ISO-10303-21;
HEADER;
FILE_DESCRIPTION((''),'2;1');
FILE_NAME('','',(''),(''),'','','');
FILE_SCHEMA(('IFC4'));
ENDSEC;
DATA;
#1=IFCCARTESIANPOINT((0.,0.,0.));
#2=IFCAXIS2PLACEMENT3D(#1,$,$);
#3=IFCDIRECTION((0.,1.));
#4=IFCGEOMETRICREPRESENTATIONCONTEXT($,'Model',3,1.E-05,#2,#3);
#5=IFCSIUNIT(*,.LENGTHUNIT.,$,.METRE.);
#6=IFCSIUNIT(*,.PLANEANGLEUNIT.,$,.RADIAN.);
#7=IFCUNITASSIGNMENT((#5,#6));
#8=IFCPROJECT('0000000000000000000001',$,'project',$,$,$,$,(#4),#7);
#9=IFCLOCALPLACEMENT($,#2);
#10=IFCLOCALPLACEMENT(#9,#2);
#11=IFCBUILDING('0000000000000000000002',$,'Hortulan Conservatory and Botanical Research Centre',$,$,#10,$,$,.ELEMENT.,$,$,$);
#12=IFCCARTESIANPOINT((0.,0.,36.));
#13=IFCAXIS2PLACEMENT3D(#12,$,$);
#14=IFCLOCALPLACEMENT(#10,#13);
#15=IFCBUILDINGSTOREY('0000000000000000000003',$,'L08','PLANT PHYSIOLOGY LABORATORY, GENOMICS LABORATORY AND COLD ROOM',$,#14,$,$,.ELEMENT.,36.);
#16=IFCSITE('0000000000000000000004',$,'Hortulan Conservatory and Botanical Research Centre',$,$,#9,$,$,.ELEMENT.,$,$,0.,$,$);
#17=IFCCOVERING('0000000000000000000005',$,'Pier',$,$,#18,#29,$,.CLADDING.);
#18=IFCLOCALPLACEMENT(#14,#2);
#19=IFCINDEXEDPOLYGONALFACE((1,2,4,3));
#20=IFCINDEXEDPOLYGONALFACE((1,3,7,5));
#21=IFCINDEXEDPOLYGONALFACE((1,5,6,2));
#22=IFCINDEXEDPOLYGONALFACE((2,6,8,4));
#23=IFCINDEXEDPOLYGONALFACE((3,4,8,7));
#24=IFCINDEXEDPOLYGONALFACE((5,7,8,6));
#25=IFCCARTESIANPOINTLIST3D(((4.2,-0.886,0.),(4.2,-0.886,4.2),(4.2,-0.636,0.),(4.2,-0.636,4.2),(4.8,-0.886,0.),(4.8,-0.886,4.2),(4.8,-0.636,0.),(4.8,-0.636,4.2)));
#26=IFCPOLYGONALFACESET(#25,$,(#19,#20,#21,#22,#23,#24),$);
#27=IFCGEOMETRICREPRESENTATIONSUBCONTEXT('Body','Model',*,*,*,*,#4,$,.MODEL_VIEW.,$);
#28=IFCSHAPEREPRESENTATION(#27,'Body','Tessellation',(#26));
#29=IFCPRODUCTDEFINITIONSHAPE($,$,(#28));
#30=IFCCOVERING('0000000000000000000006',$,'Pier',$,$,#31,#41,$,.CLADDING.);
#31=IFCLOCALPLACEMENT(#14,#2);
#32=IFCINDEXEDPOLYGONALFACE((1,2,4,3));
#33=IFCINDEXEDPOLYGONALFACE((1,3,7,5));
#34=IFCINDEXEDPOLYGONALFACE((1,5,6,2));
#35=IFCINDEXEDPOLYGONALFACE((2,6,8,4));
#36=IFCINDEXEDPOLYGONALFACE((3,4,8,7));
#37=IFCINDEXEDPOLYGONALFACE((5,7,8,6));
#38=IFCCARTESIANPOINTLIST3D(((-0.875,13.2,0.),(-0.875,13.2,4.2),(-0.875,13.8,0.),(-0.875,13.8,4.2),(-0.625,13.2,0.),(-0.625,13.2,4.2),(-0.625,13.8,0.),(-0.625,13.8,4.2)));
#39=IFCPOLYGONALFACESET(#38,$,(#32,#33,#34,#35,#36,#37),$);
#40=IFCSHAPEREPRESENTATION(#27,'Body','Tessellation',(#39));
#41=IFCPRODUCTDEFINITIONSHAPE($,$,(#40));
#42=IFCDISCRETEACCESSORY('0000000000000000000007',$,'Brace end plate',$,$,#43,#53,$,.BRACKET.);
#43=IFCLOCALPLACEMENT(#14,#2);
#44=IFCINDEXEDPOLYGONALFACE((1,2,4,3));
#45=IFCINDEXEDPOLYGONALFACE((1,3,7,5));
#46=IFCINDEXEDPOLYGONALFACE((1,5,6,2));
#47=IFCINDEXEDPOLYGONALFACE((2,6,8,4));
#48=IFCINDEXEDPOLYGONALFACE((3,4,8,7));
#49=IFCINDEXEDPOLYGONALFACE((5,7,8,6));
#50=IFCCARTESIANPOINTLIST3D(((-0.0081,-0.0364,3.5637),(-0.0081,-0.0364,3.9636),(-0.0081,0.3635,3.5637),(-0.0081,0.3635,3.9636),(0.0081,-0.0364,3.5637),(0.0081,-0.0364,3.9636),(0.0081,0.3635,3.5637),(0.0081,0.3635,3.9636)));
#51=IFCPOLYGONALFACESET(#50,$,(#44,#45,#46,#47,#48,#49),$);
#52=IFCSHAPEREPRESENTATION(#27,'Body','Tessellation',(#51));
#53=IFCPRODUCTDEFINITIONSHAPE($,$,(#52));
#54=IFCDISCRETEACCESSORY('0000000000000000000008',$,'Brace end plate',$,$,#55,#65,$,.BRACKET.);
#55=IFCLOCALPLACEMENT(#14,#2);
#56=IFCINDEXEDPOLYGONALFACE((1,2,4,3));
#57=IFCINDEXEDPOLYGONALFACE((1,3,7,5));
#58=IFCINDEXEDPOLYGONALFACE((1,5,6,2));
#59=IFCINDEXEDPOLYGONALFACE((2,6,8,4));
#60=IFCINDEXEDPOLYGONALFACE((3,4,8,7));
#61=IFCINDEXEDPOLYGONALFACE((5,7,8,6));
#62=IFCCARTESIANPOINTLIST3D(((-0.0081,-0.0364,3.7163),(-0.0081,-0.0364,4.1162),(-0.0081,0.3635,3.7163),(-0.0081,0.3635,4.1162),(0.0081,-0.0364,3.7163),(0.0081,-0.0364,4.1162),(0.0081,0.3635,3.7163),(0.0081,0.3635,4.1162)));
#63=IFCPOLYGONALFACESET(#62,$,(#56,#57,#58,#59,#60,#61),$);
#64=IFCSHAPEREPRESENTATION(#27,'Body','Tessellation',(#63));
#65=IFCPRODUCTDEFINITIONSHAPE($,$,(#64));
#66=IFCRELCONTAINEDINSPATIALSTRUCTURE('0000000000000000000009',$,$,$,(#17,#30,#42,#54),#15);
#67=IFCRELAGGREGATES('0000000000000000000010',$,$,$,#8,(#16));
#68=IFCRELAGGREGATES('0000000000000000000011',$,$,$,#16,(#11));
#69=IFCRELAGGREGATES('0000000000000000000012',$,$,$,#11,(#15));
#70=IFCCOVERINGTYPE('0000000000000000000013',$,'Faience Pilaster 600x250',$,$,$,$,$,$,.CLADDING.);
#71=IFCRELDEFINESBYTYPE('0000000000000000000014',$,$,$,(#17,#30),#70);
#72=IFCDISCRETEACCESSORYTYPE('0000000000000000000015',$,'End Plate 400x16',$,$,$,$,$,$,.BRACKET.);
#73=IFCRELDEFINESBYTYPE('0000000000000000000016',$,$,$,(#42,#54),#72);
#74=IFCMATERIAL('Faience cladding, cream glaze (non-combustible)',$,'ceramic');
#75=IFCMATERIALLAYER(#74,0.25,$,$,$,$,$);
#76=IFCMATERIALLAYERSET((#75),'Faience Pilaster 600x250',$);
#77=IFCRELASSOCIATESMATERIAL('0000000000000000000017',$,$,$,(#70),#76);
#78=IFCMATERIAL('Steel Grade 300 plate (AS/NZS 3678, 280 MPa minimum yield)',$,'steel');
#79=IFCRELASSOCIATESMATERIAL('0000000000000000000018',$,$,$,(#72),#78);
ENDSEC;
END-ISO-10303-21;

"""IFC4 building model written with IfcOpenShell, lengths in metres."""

from ifc_helpers import new_model, si_unit, direction, frame, origin, origin_2d, place, context, subcontext, project, spatial, rectangle, extrude, material, layer, layer_set, type_object, element, save


model = new_model("IFC4")

# Units and contexts
model_context = context("Model", 3, precision=1e-05, world=origin(), true_north=direction((0.0, 1.0)))
body_context = subcontext(model_context, "Body", "Model", "MODEL_VIEW")
ifc_project = project(units=[si_unit("LENGTHUNIT", "METRE"), si_unit("PLANEANGLEUNIT", "RADIAN")], contexts=[model_context])

# Site, building, storey
site_placement = place(None, origin())
site = spatial("IfcSite", under=ifc_project, at=site_placement, Name="Hortulan Conservatory and Botanical Research Centre", CompositionType="ELEMENT", RefElevation=0.0)
building_placement = place(site_placement, origin())
building = spatial("IfcBuilding", under=site, at=building_placement, Name="Hortulan Conservatory and Botanical Research Centre", CompositionType="ELEMENT")
storey_placement = place(building_placement, frame((0.0, 0.0, 36.0)))
storey = spatial("IfcBuildingStorey", under=building, at=storey_placement, Name="L08", Description="PLANT PHYSIOLOGY LABORATORY, GENOMICS LABORATORY AND COLD ROOM", CompositionType="ELEMENT", Elevation=36.0)

# Coverings
ifc_material_1 = material(Name="Faience cladding, cream glaze (non-combustible)", Category="ceramic")
ifc_layer_1 = layer(ifc_material_1, 0.25)
ifc_layer_set_1 = layer_set([ifc_layer_1], Name="Faience Pilaster 600x250")
covering_type_1 = type_object("IfcCoveringType", Name="Faience Pilaster 600x250", PredefinedType="CLADDING", material=ifc_layer_set_1)
for number, where, z_axis, x_axis, name in (
    (1, (4.5, -0.761, 0.0), (0.0, 0.0, 1.0), (-1.0, 0.0, 0.0), "Pier"),
    (2, (-0.75, 13.5, 0.0), (0.0, 0.0, 1.0), (0.0, 1.0, 0.0), "Pier"),
):
    element("IfcCovering", number, at=place(storey_placement, frame(where, z_axis=z_axis, x_axis=x_axis)), inside=storey, type_object=covering_type_1, Name=name, PredefinedType="CLADDING", context=body_context, shape_type="SweptSolid", body=[
        extrude(rectangle(XDim=0.6001, YDim=0.25, at=origin_2d()), origin(), (0.0, 0.0, 1.0), 4.2),
    ])

# Discrete accessories
ifc_material_2 = material(Name="Steel Grade 300 plate (AS/NZS 3678, 280 MPa minimum yield)", Category="steel")
discrete_accessory_type = type_object("IfcDiscreteAccessoryType", Name="End Plate 400x16", PredefinedType="BRACKET", material=ifc_material_2)
for number, where, z_axis, x_axis, name in (
    (3, (0.0, 0.1636, 3.5637), (0.0, 0.0, 1.0), (0.0, -1.0, 0.0), "Brace end plate"),
    (4, (0.0, 0.1636, 3.7163), (0.0, 0.0, 1.0), (0.0, -1.0, 0.0), "Brace end plate"),
):
    element("IfcDiscreteAccessory", number, at=place(storey_placement, frame(where, z_axis=z_axis, x_axis=x_axis)), inside=storey, type_object=discrete_accessory_type, Name=name, PredefinedType="BRACKET", context=body_context, shape_type="SweptSolid", body=[
        extrude(rectangle(XDim=0.3999, YDim=0.0161, at=origin_2d()), origin(), (0.0, 0.0, 1.0), 0.3999),
    ])

save(model, "model.ifc")
